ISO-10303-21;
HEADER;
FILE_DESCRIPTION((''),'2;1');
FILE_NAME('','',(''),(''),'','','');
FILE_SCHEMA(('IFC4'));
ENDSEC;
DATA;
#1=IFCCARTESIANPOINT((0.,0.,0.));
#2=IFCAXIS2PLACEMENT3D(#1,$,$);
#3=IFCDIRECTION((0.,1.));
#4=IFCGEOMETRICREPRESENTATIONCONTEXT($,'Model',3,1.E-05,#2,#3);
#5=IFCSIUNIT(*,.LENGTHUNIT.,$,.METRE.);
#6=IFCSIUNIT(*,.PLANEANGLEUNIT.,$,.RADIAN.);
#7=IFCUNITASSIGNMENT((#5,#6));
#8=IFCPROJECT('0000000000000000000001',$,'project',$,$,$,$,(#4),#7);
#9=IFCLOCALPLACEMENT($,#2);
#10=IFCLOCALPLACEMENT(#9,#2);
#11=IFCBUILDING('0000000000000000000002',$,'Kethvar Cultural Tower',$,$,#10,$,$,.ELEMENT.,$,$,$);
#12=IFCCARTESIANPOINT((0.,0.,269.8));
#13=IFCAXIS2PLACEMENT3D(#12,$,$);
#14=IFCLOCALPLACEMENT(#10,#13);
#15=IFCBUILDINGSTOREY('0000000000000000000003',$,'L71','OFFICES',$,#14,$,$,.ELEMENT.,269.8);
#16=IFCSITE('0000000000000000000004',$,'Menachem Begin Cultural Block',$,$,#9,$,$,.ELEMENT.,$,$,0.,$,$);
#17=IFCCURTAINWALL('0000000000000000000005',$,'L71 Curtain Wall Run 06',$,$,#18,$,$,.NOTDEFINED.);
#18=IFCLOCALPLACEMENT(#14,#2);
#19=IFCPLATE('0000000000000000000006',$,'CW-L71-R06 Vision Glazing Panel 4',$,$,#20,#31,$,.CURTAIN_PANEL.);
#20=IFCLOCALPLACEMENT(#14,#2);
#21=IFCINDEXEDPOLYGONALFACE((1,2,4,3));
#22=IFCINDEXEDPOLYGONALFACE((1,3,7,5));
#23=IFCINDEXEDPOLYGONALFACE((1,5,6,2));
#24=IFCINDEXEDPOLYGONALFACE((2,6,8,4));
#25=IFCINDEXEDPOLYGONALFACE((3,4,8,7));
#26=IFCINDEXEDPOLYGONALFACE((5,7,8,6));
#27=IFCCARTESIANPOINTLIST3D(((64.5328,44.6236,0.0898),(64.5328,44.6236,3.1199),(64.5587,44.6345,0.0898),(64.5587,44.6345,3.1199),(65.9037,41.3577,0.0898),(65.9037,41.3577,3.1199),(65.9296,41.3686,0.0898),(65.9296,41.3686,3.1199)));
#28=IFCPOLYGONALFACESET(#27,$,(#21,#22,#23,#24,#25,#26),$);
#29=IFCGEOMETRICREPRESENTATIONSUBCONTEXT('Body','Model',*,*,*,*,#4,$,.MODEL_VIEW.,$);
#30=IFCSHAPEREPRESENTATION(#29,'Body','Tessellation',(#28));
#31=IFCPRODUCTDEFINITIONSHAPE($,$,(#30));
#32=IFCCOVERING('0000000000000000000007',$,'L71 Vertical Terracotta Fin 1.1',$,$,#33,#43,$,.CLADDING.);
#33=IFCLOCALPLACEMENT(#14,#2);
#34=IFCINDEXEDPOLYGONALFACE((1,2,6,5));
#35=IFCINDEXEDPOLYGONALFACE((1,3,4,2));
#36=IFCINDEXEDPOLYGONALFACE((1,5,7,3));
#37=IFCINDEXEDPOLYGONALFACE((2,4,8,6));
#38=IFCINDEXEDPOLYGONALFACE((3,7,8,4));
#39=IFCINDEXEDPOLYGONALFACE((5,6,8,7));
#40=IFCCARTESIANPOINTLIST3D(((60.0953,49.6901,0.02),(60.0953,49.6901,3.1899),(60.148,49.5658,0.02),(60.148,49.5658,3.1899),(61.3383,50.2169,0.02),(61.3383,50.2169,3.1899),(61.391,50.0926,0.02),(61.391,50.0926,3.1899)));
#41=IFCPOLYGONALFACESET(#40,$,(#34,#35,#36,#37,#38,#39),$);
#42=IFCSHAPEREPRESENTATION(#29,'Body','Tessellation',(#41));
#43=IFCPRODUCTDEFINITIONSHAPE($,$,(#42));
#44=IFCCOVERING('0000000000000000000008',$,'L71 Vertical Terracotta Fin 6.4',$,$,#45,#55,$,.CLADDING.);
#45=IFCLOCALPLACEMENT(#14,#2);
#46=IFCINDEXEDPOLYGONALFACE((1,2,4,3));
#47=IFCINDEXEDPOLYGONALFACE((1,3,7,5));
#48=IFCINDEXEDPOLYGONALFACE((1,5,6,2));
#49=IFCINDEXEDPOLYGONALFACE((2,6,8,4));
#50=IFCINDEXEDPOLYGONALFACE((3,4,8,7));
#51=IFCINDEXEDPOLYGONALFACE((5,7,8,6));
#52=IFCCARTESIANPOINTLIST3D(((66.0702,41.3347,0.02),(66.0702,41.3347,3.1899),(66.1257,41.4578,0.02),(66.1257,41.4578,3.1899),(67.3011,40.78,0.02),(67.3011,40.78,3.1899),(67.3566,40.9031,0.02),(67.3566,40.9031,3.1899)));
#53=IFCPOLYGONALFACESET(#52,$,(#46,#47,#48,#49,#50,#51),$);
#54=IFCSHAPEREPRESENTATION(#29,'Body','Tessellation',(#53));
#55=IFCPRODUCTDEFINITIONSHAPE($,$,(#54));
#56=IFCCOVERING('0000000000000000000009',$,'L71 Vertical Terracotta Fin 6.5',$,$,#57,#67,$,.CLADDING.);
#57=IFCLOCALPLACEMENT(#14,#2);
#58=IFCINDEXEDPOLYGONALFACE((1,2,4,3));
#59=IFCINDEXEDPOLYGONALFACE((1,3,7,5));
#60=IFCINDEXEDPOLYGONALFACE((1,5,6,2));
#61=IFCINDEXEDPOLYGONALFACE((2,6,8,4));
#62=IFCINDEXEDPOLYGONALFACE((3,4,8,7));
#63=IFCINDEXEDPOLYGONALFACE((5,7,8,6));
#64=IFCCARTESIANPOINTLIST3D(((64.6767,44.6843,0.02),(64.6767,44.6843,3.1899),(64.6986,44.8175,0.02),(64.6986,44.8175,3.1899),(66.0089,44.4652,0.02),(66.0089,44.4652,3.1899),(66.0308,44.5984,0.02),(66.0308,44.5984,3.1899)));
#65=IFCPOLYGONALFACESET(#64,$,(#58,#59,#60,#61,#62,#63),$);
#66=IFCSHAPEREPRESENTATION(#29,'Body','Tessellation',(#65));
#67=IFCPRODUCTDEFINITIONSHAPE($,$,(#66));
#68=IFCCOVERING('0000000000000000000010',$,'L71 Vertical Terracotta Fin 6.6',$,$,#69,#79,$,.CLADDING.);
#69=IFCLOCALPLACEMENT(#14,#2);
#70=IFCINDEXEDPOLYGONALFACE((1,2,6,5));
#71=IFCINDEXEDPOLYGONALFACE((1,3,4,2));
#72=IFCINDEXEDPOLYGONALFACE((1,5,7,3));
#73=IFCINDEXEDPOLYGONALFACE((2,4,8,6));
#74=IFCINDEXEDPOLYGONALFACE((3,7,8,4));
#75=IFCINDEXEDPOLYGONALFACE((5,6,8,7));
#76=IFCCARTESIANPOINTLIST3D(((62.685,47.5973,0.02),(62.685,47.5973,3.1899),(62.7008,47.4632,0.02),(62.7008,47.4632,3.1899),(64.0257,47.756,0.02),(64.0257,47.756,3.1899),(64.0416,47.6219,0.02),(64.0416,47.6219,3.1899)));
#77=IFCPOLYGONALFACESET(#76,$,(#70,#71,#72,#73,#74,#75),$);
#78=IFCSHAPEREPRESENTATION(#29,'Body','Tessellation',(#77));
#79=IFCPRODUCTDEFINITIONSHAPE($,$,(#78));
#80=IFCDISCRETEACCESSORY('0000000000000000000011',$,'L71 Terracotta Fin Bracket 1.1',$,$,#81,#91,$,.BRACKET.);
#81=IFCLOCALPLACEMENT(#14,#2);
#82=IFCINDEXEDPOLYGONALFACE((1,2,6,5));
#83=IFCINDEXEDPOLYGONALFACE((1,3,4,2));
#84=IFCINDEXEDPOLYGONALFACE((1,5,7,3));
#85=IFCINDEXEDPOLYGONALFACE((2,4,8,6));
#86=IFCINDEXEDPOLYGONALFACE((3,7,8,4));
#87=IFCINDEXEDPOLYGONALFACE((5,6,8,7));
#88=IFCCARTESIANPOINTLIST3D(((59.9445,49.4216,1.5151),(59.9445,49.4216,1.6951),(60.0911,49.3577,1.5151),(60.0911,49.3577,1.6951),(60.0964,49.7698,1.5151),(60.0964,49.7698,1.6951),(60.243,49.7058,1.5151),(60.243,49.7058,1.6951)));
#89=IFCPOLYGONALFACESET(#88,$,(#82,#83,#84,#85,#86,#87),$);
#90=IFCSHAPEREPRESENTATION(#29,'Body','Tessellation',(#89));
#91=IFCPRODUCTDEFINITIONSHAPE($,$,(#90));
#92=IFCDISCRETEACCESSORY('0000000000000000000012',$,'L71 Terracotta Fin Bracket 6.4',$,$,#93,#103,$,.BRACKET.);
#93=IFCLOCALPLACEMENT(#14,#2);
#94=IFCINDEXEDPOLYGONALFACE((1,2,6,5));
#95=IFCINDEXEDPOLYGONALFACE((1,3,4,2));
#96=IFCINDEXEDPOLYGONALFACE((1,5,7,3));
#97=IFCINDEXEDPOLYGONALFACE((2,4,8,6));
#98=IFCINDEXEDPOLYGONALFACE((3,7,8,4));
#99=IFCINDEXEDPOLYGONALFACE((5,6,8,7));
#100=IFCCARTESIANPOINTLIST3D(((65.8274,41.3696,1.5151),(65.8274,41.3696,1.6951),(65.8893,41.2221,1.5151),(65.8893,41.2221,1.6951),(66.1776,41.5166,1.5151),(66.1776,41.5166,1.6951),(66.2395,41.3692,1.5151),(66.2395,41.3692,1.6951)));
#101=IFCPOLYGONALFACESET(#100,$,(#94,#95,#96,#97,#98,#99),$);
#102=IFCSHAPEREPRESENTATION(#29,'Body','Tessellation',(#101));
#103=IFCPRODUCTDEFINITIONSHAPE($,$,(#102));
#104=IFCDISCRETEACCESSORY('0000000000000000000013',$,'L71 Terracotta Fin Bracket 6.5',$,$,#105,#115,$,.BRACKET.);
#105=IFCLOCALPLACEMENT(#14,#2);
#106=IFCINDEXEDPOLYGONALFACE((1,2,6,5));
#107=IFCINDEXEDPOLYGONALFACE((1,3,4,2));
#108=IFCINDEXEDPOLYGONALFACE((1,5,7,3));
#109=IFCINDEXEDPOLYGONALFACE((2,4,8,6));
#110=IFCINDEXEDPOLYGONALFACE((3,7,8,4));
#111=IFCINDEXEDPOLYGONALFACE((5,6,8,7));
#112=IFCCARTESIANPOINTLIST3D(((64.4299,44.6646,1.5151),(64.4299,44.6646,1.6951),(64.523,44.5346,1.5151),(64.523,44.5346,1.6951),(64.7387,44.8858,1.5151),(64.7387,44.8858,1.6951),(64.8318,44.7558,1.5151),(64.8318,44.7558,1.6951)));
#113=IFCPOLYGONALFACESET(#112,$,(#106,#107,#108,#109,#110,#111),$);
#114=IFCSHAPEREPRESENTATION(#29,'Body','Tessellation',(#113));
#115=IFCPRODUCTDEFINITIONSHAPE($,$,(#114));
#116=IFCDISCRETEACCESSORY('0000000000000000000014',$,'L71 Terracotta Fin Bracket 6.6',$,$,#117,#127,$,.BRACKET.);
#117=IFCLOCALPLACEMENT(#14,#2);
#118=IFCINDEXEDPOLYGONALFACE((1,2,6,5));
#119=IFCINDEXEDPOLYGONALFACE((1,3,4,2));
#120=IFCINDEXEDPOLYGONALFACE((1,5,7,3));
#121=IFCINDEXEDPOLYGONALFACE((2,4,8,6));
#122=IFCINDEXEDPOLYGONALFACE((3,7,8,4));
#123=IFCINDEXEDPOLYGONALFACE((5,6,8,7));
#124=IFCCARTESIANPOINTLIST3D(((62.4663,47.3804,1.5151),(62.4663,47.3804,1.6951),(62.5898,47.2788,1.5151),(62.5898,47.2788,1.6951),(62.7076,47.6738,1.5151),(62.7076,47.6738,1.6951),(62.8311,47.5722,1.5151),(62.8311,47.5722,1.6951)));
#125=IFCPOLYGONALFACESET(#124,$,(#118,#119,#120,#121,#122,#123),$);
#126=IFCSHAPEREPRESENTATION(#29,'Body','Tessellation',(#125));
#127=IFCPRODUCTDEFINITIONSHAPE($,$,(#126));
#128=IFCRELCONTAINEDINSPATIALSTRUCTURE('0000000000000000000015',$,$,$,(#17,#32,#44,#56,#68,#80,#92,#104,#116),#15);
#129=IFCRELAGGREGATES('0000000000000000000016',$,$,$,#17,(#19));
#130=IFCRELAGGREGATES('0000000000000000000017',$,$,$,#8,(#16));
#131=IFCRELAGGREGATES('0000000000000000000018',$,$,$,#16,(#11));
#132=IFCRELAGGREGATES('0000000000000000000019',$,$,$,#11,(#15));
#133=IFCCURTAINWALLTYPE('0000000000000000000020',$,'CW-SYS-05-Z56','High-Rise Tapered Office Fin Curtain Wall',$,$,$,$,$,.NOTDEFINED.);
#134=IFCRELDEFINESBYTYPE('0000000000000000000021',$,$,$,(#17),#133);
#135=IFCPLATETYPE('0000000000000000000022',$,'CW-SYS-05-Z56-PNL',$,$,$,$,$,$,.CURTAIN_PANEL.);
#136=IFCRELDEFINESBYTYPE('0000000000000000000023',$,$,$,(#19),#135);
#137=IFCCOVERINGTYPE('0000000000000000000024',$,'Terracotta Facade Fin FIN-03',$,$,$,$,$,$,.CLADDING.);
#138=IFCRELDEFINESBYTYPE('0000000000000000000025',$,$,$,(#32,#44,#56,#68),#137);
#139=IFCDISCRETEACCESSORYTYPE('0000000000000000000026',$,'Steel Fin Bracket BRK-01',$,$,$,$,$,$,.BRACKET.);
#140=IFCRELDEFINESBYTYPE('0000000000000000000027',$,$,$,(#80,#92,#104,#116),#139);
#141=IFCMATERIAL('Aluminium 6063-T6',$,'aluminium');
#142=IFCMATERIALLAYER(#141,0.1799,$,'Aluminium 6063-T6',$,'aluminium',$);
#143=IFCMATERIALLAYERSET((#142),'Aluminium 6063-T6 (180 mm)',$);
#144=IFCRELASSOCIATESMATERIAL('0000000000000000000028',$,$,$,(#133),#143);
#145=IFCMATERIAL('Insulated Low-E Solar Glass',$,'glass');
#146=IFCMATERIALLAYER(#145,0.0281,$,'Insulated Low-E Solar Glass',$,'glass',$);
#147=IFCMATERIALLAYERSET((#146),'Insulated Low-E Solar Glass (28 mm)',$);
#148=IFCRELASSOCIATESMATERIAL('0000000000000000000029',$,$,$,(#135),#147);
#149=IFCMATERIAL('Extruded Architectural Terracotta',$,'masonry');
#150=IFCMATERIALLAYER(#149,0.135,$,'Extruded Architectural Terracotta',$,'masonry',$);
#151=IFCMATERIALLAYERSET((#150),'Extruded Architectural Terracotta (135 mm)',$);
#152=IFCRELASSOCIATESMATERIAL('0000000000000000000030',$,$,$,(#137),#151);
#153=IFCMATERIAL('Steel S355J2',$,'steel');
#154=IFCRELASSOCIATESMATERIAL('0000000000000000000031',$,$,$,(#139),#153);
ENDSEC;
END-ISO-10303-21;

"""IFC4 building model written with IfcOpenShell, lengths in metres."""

from ifc_helpers import new_model, si_unit, direction, frame, origin, origin_2d, place, context, subcontext, project, spatial, rectangle, extrude, source, transform, mapped, material, layer, layer_set, type_object, element, aggregate, save


model = new_model("IFC4")

# Units and contexts
model_context = context("Model", 3, precision=1e-05, world=origin(), true_north=direction((0.0, 1.0)))
body_context = subcontext(model_context, "Body", "Model", "MODEL_VIEW")
ifc_project = project(units=[si_unit("LENGTHUNIT", "METRE"), si_unit("PLANEANGLEUNIT", "RADIAN")], contexts=[model_context])

# Site, building, storey
site_placement = place(None, origin())
site = spatial("IfcSite", under=ifc_project, at=site_placement, Name="Menachem Begin Cultural Block", CompositionType="ELEMENT", RefElevation=0.0)
building_placement = place(site_placement, origin())
building = spatial("IfcBuilding", under=site, at=building_placement, Name="Kethvar Cultural Tower", CompositionType="ELEMENT")
storey_placement = place(building_placement, frame((0.0, 0.0, 269.8)))
storey = spatial("IfcBuildingStorey", under=building, at=storey_placement, Name="L71", Description="OFFICES", CompositionType="ELEMENT", Elevation=269.8)

# Shared definitions
ifc_material_1 = material(Name="Steel S355J2", Category="steel")

# Shared definitions
ifc_material_2 = material(Name="Aluminium 6063-T6", Category="aluminium")
ifc_layer_1 = layer(ifc_material_2, 0.1799, Name="Aluminium 6063-T6", Category="aluminium")
ifc_layer_set_1 = layer_set([ifc_layer_1], Name="Aluminium 6063-T6 (180 mm)")
curtain_wall_type = type_object("IfcCurtainWallType", Name="CW-SYS-05-Z56", Description="High-Rise Tapered Office Fin Curtain Wall", PredefinedType="NOTDEFINED", material=ifc_layer_set_1)

# Curtain wall
curtain_wall_1_placement = place(storey_placement, origin())
curtain_wall_1 = element("IfcCurtainWall", 1, at=curtain_wall_1_placement, inside=storey, type_object=curtain_wall_type, Name="L71 Curtain Wall Run 06", PredefinedType="NOTDEFINED")

# Plate
ifc_material_3 = material(Name="Insulated Low-E Solar Glass", Category="glass")
ifc_layer_2 = layer(ifc_material_3, 0.0281, Name="Insulated Low-E Solar Glass", Category="glass")
ifc_layer_set_2 = layer_set([ifc_layer_2], Name="Insulated Low-E Solar Glass (28 mm)")
plate_type = type_object("IfcPlateType", Name="CW-SYS-05-Z56-PNL", PredefinedType="CURTAIN_PANEL", material=ifc_layer_set_2)
shared_shape_1 = source(origin(), body_context, "Body", "SweptSolid", [
    extrude(rectangle(XDim=3.542, YDim=0.0281, at=origin_2d()), origin(), (0.0, 0.0, 1.0), 3.03),
])
plate_1_placement = place(storey_placement, frame((65.2312, 42.9961, 0.0898), z_axis=(0.0, 0.0, 1.0), x_axis=(-0.387049, 0.922059, 0.0)))
plate_1 = element("IfcPlate", 2, at=plate_1_placement, type_object=plate_type, Name="CW-L71-R06 Vision Glazing Panel 4", PredefinedType="CURTAIN_PANEL", context=body_context, shape_type="MappedRepresentation", body=[
    mapped(shared_shape_1, transform((0.0, 0.0, 0.0), scale=1.0)),
])
aggregate(curtain_wall_1, [plate_1])

# Coverings
ifc_material_4 = material(Name="Extruded Architectural Terracotta", Category="masonry")
ifc_layer_3 = layer(ifc_material_4, 0.135, Name="Extruded Architectural Terracotta", Category="masonry")
ifc_layer_set_3 = layer_set([ifc_layer_3], Name="Extruded Architectural Terracotta (135 mm)")
covering_type = type_object("IfcCoveringType", Name="Terracotta Facade Fin FIN-03", PredefinedType="CLADDING", material=ifc_layer_set_3)
shared_shape_2 = source(origin(), body_context, "Body", "SweptSolid", [
    extrude(rectangle(XDim=1.3501, YDim=0.135, at=origin_2d()), origin(), (0.0, 0.0, 1.0), 3.1699),
])
for number, where, z_axis, x_axis, name in (
    (3, (60.7432, 49.8914, 0.02), (0.0, 0.0, 1.0), (0.920709, 0.390249, 0.0), "L71 Vertical Terracotta Fin 1.1"),
    (4, (66.7134, 41.1189, 0.02), (0.0, 0.0, 1.0), (0.91169, -0.410878, 0.0), "L71 Vertical Terracotta Fin 6.4"),
    (5, (65.3538, 44.6414, 0.02), (0.0, 0.0, 1.0), (0.986743, -0.162293, 0.0), "L71 Vertical Terracotta Fin 6.5"),
    (6, (63.3633, 47.6096, 0.02), (0.0, 0.0, 1.0), (0.993068, 0.117537, 0.0), "L71 Vertical Terracotta Fin 6.6"),
):
    element("IfcCovering", number, at=place(storey_placement, frame(where, z_axis=z_axis, x_axis=x_axis)), inside=storey, type_object=covering_type, Name=name, PredefinedType="CLADDING", context=body_context, shape_type="MappedRepresentation", body=[
        mapped(shared_shape_2, transform((0.0, 0.0, 0.0), scale=1.0)),
    ])

# Discrete accessories
discrete_accessory_type = type_object("IfcDiscreteAccessoryType", Name="Steel Fin Bracket BRK-01", PredefinedType="BRACKET", material=ifc_material_1)
shared_shape_3 = source(origin(), body_context, "Body", "SweptSolid", [
    extrude(rectangle(XDim=0.3799, YDim=0.1599, at=origin_2d()), origin(), (0.0, 0.0, 1.0), 0.1799),
])
for number, where, z_axis, x_axis, name in (
    (7, (60.0938, 49.5637, 1.5151), (0.0, 0.0, 1.0), (0.399869, 0.916572, 0.0), "L71 Terracotta Fin Bracket 1.1"),
    (8, (66.0334, 41.3694, 1.5151), (0.0, 0.0, 1.0), (0.922066, 0.387033, 0.0), "L71 Terracotta Fin Bracket 6.4"),
    (9, (64.6309, 44.7102, 1.5151), (0.0, 0.0, 1.0), (0.812898, 0.582407, 0.0), "L71 Terracotta Fin Bracket 6.5"),
    (10, (62.6487, 47.4763, 1.5151), (0.0, 0.0, 1.0), (0.635135, 0.772401, 0.0), "L71 Terracotta Fin Bracket 6.6"),
):
    element("IfcDiscreteAccessory", number, at=place(storey_placement, frame(where, z_axis=z_axis, x_axis=x_axis)), inside=storey, type_object=discrete_accessory_type, Name=name, PredefinedType="BRACKET", context=body_context, shape_type="MappedRepresentation", body=[
        mapped(shared_shape_3, transform((0.0, 0.0, 0.0), scale=1.0)),
    ])

save(model, "model.ifc")
